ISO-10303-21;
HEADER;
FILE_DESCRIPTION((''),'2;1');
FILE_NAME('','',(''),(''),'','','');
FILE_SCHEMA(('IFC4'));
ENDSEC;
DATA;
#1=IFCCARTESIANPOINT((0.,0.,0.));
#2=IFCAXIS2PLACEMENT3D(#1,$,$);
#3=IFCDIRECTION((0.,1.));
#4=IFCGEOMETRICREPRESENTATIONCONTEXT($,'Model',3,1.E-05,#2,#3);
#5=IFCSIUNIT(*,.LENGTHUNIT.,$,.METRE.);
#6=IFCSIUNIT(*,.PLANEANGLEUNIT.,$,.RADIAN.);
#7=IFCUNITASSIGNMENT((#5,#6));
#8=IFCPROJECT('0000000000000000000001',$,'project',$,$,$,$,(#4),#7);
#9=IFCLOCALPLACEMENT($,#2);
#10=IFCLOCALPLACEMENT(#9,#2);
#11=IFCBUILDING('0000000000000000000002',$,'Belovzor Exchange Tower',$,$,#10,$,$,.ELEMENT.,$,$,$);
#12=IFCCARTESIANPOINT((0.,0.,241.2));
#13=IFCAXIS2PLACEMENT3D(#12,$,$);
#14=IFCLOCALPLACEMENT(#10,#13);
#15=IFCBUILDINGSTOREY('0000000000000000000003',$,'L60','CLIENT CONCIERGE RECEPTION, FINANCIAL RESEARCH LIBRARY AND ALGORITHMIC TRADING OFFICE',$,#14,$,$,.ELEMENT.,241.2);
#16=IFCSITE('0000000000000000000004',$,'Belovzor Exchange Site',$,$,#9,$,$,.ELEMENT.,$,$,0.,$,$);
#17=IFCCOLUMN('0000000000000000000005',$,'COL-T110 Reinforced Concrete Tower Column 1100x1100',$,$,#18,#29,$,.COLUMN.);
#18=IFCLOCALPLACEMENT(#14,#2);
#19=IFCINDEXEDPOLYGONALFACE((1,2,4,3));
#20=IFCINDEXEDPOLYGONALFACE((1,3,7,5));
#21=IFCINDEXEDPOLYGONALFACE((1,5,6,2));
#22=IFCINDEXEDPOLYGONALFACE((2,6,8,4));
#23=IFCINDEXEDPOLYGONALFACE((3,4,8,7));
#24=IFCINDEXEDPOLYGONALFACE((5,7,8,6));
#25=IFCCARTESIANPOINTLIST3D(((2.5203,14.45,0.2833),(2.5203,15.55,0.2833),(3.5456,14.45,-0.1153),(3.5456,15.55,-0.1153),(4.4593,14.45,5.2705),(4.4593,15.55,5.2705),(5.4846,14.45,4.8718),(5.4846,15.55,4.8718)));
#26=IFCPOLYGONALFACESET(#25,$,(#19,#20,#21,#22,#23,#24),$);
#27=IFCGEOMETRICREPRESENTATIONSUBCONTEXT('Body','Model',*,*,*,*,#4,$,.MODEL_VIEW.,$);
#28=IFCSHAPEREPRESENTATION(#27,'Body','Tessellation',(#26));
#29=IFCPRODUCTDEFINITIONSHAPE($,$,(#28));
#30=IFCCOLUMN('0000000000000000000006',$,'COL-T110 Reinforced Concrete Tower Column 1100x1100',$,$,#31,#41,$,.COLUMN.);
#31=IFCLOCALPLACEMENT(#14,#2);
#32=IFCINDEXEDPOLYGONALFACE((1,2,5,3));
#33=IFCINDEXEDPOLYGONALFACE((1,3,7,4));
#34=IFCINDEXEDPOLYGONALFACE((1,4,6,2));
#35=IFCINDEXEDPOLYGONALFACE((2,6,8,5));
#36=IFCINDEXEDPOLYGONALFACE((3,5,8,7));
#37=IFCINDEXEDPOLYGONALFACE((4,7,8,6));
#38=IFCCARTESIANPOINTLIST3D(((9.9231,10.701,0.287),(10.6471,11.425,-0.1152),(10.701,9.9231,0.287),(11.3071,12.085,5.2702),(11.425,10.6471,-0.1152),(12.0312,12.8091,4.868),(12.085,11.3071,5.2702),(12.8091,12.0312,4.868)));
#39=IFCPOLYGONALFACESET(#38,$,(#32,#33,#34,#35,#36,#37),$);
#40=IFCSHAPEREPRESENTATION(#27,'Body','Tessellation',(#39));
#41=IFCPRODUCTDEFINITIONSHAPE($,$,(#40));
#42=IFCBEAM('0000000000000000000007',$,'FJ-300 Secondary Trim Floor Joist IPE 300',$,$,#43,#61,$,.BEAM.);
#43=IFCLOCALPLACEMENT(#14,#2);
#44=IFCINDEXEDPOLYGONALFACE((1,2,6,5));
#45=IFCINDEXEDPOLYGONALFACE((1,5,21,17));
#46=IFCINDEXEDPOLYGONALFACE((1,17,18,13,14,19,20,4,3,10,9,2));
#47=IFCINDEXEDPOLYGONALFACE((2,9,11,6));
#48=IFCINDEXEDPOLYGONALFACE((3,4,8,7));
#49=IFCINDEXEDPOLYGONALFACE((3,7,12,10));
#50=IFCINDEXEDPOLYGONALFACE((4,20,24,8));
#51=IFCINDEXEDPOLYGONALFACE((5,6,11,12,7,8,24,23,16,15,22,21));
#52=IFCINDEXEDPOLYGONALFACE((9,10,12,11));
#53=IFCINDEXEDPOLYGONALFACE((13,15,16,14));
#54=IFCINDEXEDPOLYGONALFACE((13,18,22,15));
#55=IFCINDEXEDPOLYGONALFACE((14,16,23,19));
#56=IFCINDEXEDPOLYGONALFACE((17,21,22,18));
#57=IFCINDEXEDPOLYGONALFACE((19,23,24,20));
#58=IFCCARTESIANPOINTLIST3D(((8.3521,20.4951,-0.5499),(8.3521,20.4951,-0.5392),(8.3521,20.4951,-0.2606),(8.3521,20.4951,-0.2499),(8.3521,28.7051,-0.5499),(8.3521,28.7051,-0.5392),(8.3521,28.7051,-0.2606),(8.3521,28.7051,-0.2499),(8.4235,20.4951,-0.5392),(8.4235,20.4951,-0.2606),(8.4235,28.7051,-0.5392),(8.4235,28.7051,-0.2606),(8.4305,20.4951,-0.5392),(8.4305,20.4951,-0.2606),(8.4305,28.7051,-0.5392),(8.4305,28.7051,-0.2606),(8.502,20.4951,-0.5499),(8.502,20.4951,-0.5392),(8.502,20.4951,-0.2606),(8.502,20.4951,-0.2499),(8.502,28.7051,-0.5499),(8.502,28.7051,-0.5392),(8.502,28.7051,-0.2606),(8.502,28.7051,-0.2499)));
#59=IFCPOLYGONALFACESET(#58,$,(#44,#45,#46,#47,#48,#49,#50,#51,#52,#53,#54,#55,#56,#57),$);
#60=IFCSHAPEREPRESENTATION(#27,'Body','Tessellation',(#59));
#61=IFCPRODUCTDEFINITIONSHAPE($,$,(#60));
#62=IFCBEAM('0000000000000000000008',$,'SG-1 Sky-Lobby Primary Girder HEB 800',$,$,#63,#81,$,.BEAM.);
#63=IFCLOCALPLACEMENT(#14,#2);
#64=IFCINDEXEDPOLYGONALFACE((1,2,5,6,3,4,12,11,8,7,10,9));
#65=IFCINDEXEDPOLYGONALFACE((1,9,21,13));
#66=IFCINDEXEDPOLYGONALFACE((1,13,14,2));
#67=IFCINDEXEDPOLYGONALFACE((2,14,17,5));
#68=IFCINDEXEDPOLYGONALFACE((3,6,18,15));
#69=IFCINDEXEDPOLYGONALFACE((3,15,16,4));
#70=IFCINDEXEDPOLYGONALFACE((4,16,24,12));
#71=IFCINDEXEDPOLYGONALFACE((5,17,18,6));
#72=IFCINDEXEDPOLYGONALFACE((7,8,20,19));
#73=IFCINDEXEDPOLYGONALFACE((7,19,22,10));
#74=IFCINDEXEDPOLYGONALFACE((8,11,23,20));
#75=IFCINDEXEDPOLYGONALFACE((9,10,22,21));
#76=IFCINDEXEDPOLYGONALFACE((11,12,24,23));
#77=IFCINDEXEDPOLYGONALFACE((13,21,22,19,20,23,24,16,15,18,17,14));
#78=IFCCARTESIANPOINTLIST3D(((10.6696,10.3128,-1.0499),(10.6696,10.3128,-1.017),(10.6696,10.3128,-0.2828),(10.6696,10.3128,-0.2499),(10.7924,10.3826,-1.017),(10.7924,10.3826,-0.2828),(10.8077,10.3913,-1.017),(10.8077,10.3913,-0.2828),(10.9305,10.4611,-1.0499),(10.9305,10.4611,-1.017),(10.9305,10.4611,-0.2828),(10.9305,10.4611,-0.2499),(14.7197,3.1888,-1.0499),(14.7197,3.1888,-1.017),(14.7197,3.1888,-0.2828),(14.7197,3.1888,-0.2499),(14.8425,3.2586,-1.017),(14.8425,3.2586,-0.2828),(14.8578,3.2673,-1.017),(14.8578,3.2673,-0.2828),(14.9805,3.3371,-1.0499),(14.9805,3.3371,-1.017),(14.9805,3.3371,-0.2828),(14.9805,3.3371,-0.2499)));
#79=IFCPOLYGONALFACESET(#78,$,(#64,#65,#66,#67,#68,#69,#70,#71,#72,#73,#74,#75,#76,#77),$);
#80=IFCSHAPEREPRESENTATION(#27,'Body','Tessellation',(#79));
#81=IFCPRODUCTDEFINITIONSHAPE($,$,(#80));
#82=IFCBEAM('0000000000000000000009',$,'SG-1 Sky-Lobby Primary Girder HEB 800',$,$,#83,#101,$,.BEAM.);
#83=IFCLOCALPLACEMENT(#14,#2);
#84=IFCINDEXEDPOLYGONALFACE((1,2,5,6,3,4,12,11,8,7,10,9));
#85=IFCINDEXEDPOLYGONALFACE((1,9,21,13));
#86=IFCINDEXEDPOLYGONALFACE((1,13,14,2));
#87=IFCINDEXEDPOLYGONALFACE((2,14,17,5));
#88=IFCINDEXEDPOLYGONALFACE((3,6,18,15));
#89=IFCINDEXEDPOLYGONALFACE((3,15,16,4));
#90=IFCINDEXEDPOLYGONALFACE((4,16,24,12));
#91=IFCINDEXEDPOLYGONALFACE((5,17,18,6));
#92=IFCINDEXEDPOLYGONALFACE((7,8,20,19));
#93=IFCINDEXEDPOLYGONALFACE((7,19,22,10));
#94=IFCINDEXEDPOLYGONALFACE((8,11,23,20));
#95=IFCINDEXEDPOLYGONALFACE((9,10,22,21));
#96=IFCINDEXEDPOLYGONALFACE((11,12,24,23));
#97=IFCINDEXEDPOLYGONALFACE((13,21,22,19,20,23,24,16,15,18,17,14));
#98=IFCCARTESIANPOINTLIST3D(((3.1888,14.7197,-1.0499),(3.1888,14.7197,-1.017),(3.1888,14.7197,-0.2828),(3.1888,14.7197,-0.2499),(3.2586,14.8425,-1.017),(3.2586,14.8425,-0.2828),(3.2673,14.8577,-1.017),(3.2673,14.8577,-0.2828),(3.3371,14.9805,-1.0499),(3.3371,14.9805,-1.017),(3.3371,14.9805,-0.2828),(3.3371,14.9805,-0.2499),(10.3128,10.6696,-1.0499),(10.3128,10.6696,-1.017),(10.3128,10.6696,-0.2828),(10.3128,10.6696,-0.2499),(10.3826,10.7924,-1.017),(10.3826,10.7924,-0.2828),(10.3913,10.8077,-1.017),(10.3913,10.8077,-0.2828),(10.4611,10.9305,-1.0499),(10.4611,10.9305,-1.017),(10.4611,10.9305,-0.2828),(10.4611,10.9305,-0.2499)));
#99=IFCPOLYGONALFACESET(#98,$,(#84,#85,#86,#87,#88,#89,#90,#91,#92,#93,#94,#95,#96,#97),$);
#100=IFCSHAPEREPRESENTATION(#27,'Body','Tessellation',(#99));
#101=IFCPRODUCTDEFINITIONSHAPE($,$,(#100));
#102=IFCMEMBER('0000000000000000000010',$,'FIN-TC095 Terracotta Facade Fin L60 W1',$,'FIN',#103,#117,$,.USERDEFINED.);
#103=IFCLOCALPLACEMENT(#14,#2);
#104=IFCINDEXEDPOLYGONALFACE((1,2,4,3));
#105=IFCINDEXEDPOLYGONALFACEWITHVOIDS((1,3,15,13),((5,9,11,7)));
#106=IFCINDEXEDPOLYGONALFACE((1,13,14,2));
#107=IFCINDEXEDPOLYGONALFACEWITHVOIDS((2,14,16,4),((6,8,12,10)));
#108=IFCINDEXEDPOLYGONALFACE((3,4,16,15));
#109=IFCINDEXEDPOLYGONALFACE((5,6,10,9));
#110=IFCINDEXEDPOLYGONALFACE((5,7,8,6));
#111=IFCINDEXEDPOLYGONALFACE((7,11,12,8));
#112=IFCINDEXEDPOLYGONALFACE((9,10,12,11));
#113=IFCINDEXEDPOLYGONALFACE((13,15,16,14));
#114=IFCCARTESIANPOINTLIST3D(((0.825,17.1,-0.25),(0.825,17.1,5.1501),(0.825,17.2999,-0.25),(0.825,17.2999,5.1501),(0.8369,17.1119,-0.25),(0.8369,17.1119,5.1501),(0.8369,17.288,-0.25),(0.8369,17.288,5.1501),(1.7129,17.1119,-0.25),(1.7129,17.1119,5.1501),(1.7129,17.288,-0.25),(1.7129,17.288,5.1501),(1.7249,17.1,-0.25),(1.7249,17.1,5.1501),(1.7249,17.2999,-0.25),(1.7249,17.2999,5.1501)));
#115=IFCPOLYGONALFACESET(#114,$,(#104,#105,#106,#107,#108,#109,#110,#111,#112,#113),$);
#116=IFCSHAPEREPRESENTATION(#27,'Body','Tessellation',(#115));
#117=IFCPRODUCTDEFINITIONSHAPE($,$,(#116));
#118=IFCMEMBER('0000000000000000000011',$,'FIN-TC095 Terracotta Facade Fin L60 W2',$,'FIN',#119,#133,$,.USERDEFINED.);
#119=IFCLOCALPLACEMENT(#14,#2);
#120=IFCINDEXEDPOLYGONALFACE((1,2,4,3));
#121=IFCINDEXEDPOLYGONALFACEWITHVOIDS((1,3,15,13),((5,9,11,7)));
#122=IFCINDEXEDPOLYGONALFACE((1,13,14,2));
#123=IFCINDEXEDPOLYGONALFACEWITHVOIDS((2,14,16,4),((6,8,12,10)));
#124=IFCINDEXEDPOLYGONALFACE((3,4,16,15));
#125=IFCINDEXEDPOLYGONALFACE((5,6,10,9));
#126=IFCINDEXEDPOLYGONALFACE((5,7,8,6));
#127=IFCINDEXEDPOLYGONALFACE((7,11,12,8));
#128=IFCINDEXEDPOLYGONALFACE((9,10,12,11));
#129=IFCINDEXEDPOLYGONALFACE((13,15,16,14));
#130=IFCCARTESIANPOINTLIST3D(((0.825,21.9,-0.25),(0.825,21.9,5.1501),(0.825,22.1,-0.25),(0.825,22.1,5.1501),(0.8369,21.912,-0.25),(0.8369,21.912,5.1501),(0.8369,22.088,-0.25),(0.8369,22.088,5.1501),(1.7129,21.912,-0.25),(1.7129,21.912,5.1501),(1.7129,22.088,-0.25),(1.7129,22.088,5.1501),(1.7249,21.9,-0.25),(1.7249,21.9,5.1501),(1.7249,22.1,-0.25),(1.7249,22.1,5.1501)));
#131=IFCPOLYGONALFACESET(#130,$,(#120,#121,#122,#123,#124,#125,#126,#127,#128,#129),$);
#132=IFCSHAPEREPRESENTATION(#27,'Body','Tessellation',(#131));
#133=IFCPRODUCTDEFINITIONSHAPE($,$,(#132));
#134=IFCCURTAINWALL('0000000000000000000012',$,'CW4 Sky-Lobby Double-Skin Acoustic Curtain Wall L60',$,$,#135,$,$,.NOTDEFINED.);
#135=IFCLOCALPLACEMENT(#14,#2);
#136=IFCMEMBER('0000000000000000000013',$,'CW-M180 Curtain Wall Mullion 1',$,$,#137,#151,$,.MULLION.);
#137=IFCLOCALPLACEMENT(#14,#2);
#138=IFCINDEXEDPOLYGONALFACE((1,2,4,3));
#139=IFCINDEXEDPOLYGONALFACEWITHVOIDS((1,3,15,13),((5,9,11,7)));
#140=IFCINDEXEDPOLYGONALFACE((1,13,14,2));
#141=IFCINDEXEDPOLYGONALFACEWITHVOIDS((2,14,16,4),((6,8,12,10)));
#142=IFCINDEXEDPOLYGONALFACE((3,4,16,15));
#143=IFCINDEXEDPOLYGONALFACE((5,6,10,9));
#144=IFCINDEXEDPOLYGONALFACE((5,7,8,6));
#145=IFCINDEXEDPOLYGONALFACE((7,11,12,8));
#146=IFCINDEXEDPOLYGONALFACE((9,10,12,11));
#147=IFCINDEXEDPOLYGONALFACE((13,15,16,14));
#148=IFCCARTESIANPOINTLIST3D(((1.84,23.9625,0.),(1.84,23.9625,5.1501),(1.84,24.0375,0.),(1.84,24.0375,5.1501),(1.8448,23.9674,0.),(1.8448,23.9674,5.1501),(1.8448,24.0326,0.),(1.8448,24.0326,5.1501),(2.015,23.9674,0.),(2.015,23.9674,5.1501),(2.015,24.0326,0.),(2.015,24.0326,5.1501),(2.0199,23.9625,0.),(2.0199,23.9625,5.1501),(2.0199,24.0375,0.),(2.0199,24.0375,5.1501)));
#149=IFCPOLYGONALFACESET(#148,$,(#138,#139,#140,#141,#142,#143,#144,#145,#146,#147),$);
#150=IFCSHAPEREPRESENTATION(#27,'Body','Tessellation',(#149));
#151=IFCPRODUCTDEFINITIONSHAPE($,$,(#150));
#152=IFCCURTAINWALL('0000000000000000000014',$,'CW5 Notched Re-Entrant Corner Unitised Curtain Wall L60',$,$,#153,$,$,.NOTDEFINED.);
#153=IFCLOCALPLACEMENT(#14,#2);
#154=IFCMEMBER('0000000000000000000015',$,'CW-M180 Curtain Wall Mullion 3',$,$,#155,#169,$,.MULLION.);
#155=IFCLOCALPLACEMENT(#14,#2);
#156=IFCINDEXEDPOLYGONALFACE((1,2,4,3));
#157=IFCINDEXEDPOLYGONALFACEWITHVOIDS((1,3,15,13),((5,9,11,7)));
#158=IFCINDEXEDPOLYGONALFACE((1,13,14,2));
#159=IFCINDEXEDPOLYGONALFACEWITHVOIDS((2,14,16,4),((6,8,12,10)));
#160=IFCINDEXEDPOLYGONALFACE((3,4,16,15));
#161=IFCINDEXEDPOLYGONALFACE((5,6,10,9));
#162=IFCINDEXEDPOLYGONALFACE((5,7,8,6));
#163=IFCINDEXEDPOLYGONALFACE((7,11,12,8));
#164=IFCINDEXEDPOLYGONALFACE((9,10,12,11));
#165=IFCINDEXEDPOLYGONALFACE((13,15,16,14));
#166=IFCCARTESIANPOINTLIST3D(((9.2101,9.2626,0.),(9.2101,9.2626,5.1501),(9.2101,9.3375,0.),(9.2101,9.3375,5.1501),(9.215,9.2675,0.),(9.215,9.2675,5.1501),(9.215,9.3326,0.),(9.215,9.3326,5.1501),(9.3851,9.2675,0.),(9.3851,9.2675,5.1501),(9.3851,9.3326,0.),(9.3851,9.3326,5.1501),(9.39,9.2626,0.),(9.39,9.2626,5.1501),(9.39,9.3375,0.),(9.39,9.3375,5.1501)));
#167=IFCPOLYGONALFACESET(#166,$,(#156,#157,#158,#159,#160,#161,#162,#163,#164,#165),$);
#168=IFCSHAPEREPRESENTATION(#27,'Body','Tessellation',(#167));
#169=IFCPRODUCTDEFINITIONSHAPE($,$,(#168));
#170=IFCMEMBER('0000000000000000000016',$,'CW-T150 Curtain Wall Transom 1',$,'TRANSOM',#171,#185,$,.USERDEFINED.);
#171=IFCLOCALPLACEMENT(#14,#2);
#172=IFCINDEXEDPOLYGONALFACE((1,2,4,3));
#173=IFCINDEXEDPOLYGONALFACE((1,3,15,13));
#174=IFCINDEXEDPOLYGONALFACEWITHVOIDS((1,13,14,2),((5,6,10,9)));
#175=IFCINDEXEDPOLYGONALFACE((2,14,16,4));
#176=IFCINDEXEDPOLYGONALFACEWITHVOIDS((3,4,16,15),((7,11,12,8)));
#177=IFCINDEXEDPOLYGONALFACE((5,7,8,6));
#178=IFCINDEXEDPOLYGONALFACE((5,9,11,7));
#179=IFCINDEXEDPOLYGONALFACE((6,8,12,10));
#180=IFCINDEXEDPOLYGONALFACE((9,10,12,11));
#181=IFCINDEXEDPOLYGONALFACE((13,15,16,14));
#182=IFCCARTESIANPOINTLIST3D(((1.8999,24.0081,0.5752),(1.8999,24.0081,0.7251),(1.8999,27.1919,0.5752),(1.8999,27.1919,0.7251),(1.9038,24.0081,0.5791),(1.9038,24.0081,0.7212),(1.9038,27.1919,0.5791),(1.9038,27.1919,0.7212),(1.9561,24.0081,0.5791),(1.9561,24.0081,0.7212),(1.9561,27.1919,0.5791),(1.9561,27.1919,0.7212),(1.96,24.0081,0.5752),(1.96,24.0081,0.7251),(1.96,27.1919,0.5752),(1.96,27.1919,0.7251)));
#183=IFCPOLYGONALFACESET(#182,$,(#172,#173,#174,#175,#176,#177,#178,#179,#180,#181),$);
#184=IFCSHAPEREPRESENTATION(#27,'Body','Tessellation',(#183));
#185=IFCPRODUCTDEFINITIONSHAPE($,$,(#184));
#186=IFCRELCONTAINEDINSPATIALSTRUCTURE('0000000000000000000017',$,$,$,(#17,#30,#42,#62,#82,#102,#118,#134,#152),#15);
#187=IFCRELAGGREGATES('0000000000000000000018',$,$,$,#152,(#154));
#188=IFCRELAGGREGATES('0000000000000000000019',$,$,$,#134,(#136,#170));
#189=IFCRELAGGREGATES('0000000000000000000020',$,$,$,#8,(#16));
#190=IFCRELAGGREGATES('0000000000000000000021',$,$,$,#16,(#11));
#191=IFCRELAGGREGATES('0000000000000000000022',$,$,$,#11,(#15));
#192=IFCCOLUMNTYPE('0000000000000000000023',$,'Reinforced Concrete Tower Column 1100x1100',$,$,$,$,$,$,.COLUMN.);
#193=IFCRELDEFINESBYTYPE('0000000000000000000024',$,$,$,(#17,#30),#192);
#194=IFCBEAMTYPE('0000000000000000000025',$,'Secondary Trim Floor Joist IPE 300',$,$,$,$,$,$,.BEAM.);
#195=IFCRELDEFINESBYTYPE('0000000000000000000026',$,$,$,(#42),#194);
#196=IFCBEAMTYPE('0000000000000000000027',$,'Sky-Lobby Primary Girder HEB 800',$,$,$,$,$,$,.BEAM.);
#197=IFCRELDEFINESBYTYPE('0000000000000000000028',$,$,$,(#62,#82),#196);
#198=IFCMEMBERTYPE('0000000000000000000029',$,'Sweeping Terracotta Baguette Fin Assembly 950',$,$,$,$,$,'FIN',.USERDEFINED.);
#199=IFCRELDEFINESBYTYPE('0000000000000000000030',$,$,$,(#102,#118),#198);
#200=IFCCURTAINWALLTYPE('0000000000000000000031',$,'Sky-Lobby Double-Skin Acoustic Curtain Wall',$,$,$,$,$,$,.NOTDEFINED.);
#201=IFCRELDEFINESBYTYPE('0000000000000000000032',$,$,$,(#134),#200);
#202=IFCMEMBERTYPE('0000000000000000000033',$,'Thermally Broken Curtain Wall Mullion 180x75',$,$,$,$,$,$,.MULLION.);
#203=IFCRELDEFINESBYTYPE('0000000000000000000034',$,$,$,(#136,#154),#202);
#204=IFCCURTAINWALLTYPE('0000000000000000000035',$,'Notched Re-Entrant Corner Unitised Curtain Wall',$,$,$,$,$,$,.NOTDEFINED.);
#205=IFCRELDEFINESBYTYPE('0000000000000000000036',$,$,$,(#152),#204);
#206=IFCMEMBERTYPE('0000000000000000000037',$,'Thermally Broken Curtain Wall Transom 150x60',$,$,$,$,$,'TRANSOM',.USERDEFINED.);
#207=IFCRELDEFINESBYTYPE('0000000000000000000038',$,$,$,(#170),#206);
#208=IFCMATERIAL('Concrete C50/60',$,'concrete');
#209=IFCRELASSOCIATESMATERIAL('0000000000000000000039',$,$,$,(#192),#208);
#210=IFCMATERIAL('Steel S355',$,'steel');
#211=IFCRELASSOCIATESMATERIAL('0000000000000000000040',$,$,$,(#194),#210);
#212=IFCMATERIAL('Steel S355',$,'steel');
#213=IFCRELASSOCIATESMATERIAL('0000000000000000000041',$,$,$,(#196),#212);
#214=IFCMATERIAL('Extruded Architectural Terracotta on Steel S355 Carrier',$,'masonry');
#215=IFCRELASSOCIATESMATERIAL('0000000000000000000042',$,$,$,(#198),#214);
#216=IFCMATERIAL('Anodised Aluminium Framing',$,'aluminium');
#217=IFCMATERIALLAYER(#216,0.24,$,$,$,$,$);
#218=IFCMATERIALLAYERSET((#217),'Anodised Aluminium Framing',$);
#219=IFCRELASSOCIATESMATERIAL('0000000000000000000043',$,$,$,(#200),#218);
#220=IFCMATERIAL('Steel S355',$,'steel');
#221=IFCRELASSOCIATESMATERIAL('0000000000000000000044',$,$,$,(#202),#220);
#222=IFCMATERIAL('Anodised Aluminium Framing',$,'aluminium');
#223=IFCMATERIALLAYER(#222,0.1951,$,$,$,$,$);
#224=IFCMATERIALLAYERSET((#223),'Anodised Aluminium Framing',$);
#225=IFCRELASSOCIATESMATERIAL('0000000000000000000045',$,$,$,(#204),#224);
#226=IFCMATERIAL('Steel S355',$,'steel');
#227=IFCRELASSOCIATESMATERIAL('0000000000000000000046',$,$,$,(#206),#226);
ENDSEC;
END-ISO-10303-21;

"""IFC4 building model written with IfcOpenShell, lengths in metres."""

from ifc_helpers import new_model, si_unit, direction, frame, origin, origin_2d, place, context, subcontext, project, spatial, rectangle, hollow_rectangle, i_section, extrude, material, layer, layer_set, material_profile, profile_set, type_object, element, aggregate, save


model = new_model("IFC4")

# Units and contexts
model_context = context("Model", 3, precision=1e-05, world=origin(), true_north=direction((0.0, 1.0)))
body_context = subcontext(model_context, "Body", "Model", "MODEL_VIEW")
ifc_project = project(units=[si_unit("LENGTHUNIT", "METRE"), si_unit("PLANEANGLEUNIT", "RADIAN")], contexts=[model_context])

# Site, building, storey
site_placement = place(None, origin())
site = spatial("IfcSite", under=ifc_project, at=site_placement, Name="Belovzor Exchange Site", CompositionType="ELEMENT", RefElevation=0.0)
building_placement = place(site_placement, origin())
building = spatial("IfcBuilding", under=site, at=building_placement, Name="Belovzor Exchange Tower", CompositionType="ELEMENT")
storey_placement = place(building_placement, frame((0.0, 0.0, 241.2)))
storey = spatial("IfcBuildingStorey", under=building, at=storey_placement, Name="L60", Description="CLIENT CONCIERGE RECEPTION, FINANCIAL RESEARCH LIBRARY AND ALGORITHMIC TRADING OFFICE", CompositionType="ELEMENT", Elevation=241.2)

# Columns
ifc_material_1 = material(Name="Concrete C50/60", Category="concrete")
ifc_material_profile_1 = material_profile(ifc_material_1, rectangle(XDim=1.1001, YDim=1.1001, at=origin_2d()))
ifc_profile_set_1 = profile_set([ifc_material_profile_1], Name="Concrete C50/60")
column_type = type_object("IfcColumnType", Name="Reinforced Concrete Tower Column 1100x1100", PredefinedType="COLUMN", material=ifc_profile_set_1)
column_1_placement = place(storey_placement, frame((3.033, 15.0, 0.084), z_axis=(0.362374, 0.0, 0.932033), x_axis=(0.0, 1.0, 0.0)))
element("IfcColumn", 1, at=column_1_placement, inside=storey, type_object=column_type, Name="COL-T110 Reinforced Concrete Tower Column 1100x1100", PredefinedType="COLUMN", context=body_context, shape_type="SweptSolid", body=[
    extrude(rectangle(XDim=1.1001, YDim=1.1001, at=origin_2d()), origin(), (0.0, 0.0, 1.0), 5.3508),
])
column_2_placement = place(storey_placement, frame((10.6741, 10.6741, 0.0859), z_axis=(0.258515, 0.258515, 0.930774), x_axis=(-0.707107, 0.707107, 0.0)))
element("IfcColumn", 2, at=column_2_placement, inside=storey, type_object=column_type, Name="COL-T110 Reinforced Concrete Tower Column 1100x1100", PredefinedType="COLUMN", context=body_context, shape_type="SweptSolid", body=[
    extrude(rectangle(XDim=1.1001, YDim=1.1001, at=origin_2d()), origin(), (0.0, 0.0, 1.0), 5.3538),
])

# Beams
ifc_material_2 = material(Name="Steel S355", Category="steel")
ifc_material_profile_2 = material_profile(ifc_material_2, i_section(OverallWidth=0.1499, OverallDepth=0.3, WebThickness=0.0071, FlangeThickness=0.0107, at=origin_2d()))
ifc_profile_set_2 = profile_set([ifc_material_profile_2], Name="Steel S355")
beam_type_1 = type_object("IfcBeamType", Name="Secondary Trim Floor Joist IPE 300", PredefinedType="BEAM", material=ifc_profile_set_2)
beam_placement = place(storey_placement, frame((8.427, 20.4951, -0.3999), z_axis=(0.0, 1.0, 0.0), x_axis=(-1.0, 0.0, 0.0)))
element("IfcBeam", 3, at=beam_placement, inside=storey, type_object=beam_type_1, Name="FJ-300 Secondary Trim Floor Joist IPE 300", PredefinedType="BEAM", context=body_context, shape_type="SweptSolid", body=[
    extrude(i_section(OverallWidth=0.1499, OverallDepth=0.3, WebThickness=0.0071, FlangeThickness=0.0107, at=origin_2d()), origin(), (0.0, 0.0, 1.0), 8.21),
])
ifc_material_3 = material(Name="Steel S355", Category="steel")
ifc_material_profile_3 = material_profile(ifc_material_3, i_section(OverallWidth=0.3, OverallDepth=0.8, WebThickness=0.0176, FlangeThickness=0.033, at=origin_2d()))
ifc_profile_set_3 = profile_set([ifc_material_profile_3], Name="Steel S355")
beam_type_2 = type_object("IfcBeamType", Name="Sky-Lobby Primary Girder HEB 800", PredefinedType="BEAM", material=ifc_profile_set_3)
for number, where, z_axis, x_axis, name in (
    (4, (10.8, 10.387, -0.6499), (0.494222, -0.869336, 0.0), (0.869336, 0.494222, 0.0), "SG-1 Sky-Lobby Primary Girder HEB 800"),
    (5, (3.2629, 14.8501, -0.6499), (0.869336, -0.494222, 0.0), (0.494222, 0.869336, 0.0), "SG-1 Sky-Lobby Primary Girder HEB 800"),
):
    element("IfcBeam", number, at=place(storey_placement, frame(where, z_axis=z_axis, x_axis=x_axis)), inside=storey, type_object=beam_type_2, Name=name, PredefinedType="BEAM", context=body_context, shape_type="SweptSolid", body=[
        extrude(i_section(OverallWidth=0.3, OverallDepth=0.8, WebThickness=0.0176, FlangeThickness=0.033, at=origin_2d()), origin(), (0.0, 0.0, 1.0), 8.1948),
    ])

# Members
ifc_material_4 = material(Name="Extruded Architectural Terracotta on Steel S355 Carrier", Category="masonry")
ifc_material_profile_4 = material_profile(ifc_material_4, hollow_rectangle(XDim=0.2, YDim=0.8999, WallThickness=0.012, at=origin_2d()))
ifc_profile_set_4 = profile_set([ifc_material_profile_4], Name="Extruded Architectural Terracotta on Steel S355 Carrier")
member_type_1 = type_object("IfcMemberType", Name="Sweeping Terracotta Baguette Fin Assembly 950", ElementType="FIN", PredefinedType="USERDEFINED", material=ifc_profile_set_4)
for number, where, z_axis, x_axis, name in (
    (6, (1.2749, 17.2, -0.25), (0.0, 0.0, 1.0), (0.0, 1.0, 0.0), "FIN-TC095 Terracotta Facade Fin L60 W1"),
    (7, (1.2749, 22.0, -0.25), (0.0, 0.0, 1.0), (0.0, 1.0, 0.0), "FIN-TC095 Terracotta Facade Fin L60 W2"),
):
    element("IfcMember", number, at=place(storey_placement, frame(where, z_axis=z_axis, x_axis=x_axis)), inside=storey, type_object=member_type_1, Name=name, ObjectType="FIN", PredefinedType="USERDEFINED", context=body_context, shape_type="SweptSolid", body=[
        extrude(hollow_rectangle(XDim=0.2, YDim=0.8999, WallThickness=0.012, at=origin_2d()), origin(), (0.0, 0.0, 1.0), 5.4001),
    ])

# Curtain walls, members
ifc_material_5 = material(Name="Anodised Aluminium Framing", Category="aluminium")
ifc_layer_1 = layer(ifc_material_5, 0.24)
ifc_layer_set_1 = layer_set([ifc_layer_1], Name="Anodised Aluminium Framing")
curtain_wall_type_1 = type_object("IfcCurtainWallType", Name="Sky-Lobby Double-Skin Acoustic Curtain Wall", PredefinedType="NOTDEFINED", material=ifc_layer_set_1)
curtain_wall_1_placement = place(storey_placement, origin())
curtain_wall_1 = element("IfcCurtainWall", 8, at=curtain_wall_1_placement, inside=storey, type_object=curtain_wall_type_1, Name="CW4 Sky-Lobby Double-Skin Acoustic Curtain Wall L60", PredefinedType="NOTDEFINED")
ifc_material_6 = material(Name="Steel S355", Category="steel")
ifc_material_profile_5 = material_profile(ifc_material_6, hollow_rectangle(XDim=0.075, YDim=0.1799, WallThickness=0.0049, at=origin_2d()))
ifc_profile_set_5 = profile_set([ifc_material_profile_5], Name="Steel S355")
member_type_2 = type_object("IfcMemberType", Name="Thermally Broken Curtain Wall Mullion 180x75", PredefinedType="MULLION", material=ifc_profile_set_5)
member_1_placement = place(storey_placement, frame((1.9299, 24.0, 0.0), z_axis=(0.0, 0.0, 1.0), x_axis=(0.0, 1.0, 0.0)))
member_1 = element("IfcMember", 9, at=member_1_placement, type_object=member_type_2, Name="CW-M180 Curtain Wall Mullion 1", PredefinedType="MULLION", context=body_context, shape_type="SweptSolid", body=[
    extrude(hollow_rectangle(XDim=0.075, YDim=0.1799, WallThickness=0.0049, at=origin_2d()), origin(), (0.0, 0.0, 1.0), 5.1501),
])
ifc_material_7 = material(Name="Anodised Aluminium Framing", Category="aluminium")
ifc_layer_2 = layer(ifc_material_7, 0.1951)
ifc_layer_set_2 = layer_set([ifc_layer_2], Name="Anodised Aluminium Framing")
curtain_wall_type_2 = type_object("IfcCurtainWallType", Name="Notched Re-Entrant Corner Unitised Curtain Wall", PredefinedType="NOTDEFINED", material=ifc_layer_set_2)
curtain_wall_2_placement = place(storey_placement, origin())
curtain_wall_2 = element("IfcCurtainWall", 10, at=curtain_wall_2_placement, inside=storey, type_object=curtain_wall_type_2, Name="CW5 Notched Re-Entrant Corner Unitised Curtain Wall L60", PredefinedType="NOTDEFINED")
member_2_placement = place(storey_placement, frame((9.3, 9.3, 0.0), z_axis=(0.0, 0.0, 1.0), x_axis=(0.0, 1.0, 0.0)))
member_2 = element("IfcMember", 11, at=member_2_placement, type_object=member_type_2, Name="CW-M180 Curtain Wall Mullion 3", PredefinedType="MULLION", context=body_context, shape_type="SweptSolid", body=[
    extrude(hollow_rectangle(XDim=0.075, YDim=0.1799, WallThickness=0.0049, at=origin_2d()), origin(), (0.0, 0.0, 1.0), 5.1501),
])
aggregate(curtain_wall_2, [member_2])

# Member
ifc_material_8 = material(Name="Steel S355", Category="steel")
ifc_material_profile_6 = material_profile(ifc_material_8, hollow_rectangle(XDim=0.0601, YDim=0.1499, WallThickness=0.0039, at=origin_2d()))
ifc_profile_set_6 = profile_set([ifc_material_profile_6], Name="Steel S355")
member_type_3 = type_object("IfcMemberType", Name="Thermally Broken Curtain Wall Transom 150x60", ElementType="TRANSOM", PredefinedType="USERDEFINED", material=ifc_profile_set_6)
member_3_placement = place(storey_placement, frame((1.9299, 24.0081, 0.6501), z_axis=(0.0, 1.0, 0.0), x_axis=(-1.0, 0.0, 0.0)))
member_3 = element("IfcMember", 12, at=member_3_placement, type_object=member_type_3, Name="CW-T150 Curtain Wall Transom 1", ObjectType="TRANSOM", PredefinedType="USERDEFINED", context=body_context, shape_type="SweptSolid", body=[
    extrude(hollow_rectangle(XDim=0.0601, YDim=0.1499, WallThickness=0.0039, at=origin_2d()), origin(), (0.0, 0.0, 1.0), 3.1838),
])

aggregate(curtain_wall_1, [member_1, member_3])

save(model, "model.ifc")
